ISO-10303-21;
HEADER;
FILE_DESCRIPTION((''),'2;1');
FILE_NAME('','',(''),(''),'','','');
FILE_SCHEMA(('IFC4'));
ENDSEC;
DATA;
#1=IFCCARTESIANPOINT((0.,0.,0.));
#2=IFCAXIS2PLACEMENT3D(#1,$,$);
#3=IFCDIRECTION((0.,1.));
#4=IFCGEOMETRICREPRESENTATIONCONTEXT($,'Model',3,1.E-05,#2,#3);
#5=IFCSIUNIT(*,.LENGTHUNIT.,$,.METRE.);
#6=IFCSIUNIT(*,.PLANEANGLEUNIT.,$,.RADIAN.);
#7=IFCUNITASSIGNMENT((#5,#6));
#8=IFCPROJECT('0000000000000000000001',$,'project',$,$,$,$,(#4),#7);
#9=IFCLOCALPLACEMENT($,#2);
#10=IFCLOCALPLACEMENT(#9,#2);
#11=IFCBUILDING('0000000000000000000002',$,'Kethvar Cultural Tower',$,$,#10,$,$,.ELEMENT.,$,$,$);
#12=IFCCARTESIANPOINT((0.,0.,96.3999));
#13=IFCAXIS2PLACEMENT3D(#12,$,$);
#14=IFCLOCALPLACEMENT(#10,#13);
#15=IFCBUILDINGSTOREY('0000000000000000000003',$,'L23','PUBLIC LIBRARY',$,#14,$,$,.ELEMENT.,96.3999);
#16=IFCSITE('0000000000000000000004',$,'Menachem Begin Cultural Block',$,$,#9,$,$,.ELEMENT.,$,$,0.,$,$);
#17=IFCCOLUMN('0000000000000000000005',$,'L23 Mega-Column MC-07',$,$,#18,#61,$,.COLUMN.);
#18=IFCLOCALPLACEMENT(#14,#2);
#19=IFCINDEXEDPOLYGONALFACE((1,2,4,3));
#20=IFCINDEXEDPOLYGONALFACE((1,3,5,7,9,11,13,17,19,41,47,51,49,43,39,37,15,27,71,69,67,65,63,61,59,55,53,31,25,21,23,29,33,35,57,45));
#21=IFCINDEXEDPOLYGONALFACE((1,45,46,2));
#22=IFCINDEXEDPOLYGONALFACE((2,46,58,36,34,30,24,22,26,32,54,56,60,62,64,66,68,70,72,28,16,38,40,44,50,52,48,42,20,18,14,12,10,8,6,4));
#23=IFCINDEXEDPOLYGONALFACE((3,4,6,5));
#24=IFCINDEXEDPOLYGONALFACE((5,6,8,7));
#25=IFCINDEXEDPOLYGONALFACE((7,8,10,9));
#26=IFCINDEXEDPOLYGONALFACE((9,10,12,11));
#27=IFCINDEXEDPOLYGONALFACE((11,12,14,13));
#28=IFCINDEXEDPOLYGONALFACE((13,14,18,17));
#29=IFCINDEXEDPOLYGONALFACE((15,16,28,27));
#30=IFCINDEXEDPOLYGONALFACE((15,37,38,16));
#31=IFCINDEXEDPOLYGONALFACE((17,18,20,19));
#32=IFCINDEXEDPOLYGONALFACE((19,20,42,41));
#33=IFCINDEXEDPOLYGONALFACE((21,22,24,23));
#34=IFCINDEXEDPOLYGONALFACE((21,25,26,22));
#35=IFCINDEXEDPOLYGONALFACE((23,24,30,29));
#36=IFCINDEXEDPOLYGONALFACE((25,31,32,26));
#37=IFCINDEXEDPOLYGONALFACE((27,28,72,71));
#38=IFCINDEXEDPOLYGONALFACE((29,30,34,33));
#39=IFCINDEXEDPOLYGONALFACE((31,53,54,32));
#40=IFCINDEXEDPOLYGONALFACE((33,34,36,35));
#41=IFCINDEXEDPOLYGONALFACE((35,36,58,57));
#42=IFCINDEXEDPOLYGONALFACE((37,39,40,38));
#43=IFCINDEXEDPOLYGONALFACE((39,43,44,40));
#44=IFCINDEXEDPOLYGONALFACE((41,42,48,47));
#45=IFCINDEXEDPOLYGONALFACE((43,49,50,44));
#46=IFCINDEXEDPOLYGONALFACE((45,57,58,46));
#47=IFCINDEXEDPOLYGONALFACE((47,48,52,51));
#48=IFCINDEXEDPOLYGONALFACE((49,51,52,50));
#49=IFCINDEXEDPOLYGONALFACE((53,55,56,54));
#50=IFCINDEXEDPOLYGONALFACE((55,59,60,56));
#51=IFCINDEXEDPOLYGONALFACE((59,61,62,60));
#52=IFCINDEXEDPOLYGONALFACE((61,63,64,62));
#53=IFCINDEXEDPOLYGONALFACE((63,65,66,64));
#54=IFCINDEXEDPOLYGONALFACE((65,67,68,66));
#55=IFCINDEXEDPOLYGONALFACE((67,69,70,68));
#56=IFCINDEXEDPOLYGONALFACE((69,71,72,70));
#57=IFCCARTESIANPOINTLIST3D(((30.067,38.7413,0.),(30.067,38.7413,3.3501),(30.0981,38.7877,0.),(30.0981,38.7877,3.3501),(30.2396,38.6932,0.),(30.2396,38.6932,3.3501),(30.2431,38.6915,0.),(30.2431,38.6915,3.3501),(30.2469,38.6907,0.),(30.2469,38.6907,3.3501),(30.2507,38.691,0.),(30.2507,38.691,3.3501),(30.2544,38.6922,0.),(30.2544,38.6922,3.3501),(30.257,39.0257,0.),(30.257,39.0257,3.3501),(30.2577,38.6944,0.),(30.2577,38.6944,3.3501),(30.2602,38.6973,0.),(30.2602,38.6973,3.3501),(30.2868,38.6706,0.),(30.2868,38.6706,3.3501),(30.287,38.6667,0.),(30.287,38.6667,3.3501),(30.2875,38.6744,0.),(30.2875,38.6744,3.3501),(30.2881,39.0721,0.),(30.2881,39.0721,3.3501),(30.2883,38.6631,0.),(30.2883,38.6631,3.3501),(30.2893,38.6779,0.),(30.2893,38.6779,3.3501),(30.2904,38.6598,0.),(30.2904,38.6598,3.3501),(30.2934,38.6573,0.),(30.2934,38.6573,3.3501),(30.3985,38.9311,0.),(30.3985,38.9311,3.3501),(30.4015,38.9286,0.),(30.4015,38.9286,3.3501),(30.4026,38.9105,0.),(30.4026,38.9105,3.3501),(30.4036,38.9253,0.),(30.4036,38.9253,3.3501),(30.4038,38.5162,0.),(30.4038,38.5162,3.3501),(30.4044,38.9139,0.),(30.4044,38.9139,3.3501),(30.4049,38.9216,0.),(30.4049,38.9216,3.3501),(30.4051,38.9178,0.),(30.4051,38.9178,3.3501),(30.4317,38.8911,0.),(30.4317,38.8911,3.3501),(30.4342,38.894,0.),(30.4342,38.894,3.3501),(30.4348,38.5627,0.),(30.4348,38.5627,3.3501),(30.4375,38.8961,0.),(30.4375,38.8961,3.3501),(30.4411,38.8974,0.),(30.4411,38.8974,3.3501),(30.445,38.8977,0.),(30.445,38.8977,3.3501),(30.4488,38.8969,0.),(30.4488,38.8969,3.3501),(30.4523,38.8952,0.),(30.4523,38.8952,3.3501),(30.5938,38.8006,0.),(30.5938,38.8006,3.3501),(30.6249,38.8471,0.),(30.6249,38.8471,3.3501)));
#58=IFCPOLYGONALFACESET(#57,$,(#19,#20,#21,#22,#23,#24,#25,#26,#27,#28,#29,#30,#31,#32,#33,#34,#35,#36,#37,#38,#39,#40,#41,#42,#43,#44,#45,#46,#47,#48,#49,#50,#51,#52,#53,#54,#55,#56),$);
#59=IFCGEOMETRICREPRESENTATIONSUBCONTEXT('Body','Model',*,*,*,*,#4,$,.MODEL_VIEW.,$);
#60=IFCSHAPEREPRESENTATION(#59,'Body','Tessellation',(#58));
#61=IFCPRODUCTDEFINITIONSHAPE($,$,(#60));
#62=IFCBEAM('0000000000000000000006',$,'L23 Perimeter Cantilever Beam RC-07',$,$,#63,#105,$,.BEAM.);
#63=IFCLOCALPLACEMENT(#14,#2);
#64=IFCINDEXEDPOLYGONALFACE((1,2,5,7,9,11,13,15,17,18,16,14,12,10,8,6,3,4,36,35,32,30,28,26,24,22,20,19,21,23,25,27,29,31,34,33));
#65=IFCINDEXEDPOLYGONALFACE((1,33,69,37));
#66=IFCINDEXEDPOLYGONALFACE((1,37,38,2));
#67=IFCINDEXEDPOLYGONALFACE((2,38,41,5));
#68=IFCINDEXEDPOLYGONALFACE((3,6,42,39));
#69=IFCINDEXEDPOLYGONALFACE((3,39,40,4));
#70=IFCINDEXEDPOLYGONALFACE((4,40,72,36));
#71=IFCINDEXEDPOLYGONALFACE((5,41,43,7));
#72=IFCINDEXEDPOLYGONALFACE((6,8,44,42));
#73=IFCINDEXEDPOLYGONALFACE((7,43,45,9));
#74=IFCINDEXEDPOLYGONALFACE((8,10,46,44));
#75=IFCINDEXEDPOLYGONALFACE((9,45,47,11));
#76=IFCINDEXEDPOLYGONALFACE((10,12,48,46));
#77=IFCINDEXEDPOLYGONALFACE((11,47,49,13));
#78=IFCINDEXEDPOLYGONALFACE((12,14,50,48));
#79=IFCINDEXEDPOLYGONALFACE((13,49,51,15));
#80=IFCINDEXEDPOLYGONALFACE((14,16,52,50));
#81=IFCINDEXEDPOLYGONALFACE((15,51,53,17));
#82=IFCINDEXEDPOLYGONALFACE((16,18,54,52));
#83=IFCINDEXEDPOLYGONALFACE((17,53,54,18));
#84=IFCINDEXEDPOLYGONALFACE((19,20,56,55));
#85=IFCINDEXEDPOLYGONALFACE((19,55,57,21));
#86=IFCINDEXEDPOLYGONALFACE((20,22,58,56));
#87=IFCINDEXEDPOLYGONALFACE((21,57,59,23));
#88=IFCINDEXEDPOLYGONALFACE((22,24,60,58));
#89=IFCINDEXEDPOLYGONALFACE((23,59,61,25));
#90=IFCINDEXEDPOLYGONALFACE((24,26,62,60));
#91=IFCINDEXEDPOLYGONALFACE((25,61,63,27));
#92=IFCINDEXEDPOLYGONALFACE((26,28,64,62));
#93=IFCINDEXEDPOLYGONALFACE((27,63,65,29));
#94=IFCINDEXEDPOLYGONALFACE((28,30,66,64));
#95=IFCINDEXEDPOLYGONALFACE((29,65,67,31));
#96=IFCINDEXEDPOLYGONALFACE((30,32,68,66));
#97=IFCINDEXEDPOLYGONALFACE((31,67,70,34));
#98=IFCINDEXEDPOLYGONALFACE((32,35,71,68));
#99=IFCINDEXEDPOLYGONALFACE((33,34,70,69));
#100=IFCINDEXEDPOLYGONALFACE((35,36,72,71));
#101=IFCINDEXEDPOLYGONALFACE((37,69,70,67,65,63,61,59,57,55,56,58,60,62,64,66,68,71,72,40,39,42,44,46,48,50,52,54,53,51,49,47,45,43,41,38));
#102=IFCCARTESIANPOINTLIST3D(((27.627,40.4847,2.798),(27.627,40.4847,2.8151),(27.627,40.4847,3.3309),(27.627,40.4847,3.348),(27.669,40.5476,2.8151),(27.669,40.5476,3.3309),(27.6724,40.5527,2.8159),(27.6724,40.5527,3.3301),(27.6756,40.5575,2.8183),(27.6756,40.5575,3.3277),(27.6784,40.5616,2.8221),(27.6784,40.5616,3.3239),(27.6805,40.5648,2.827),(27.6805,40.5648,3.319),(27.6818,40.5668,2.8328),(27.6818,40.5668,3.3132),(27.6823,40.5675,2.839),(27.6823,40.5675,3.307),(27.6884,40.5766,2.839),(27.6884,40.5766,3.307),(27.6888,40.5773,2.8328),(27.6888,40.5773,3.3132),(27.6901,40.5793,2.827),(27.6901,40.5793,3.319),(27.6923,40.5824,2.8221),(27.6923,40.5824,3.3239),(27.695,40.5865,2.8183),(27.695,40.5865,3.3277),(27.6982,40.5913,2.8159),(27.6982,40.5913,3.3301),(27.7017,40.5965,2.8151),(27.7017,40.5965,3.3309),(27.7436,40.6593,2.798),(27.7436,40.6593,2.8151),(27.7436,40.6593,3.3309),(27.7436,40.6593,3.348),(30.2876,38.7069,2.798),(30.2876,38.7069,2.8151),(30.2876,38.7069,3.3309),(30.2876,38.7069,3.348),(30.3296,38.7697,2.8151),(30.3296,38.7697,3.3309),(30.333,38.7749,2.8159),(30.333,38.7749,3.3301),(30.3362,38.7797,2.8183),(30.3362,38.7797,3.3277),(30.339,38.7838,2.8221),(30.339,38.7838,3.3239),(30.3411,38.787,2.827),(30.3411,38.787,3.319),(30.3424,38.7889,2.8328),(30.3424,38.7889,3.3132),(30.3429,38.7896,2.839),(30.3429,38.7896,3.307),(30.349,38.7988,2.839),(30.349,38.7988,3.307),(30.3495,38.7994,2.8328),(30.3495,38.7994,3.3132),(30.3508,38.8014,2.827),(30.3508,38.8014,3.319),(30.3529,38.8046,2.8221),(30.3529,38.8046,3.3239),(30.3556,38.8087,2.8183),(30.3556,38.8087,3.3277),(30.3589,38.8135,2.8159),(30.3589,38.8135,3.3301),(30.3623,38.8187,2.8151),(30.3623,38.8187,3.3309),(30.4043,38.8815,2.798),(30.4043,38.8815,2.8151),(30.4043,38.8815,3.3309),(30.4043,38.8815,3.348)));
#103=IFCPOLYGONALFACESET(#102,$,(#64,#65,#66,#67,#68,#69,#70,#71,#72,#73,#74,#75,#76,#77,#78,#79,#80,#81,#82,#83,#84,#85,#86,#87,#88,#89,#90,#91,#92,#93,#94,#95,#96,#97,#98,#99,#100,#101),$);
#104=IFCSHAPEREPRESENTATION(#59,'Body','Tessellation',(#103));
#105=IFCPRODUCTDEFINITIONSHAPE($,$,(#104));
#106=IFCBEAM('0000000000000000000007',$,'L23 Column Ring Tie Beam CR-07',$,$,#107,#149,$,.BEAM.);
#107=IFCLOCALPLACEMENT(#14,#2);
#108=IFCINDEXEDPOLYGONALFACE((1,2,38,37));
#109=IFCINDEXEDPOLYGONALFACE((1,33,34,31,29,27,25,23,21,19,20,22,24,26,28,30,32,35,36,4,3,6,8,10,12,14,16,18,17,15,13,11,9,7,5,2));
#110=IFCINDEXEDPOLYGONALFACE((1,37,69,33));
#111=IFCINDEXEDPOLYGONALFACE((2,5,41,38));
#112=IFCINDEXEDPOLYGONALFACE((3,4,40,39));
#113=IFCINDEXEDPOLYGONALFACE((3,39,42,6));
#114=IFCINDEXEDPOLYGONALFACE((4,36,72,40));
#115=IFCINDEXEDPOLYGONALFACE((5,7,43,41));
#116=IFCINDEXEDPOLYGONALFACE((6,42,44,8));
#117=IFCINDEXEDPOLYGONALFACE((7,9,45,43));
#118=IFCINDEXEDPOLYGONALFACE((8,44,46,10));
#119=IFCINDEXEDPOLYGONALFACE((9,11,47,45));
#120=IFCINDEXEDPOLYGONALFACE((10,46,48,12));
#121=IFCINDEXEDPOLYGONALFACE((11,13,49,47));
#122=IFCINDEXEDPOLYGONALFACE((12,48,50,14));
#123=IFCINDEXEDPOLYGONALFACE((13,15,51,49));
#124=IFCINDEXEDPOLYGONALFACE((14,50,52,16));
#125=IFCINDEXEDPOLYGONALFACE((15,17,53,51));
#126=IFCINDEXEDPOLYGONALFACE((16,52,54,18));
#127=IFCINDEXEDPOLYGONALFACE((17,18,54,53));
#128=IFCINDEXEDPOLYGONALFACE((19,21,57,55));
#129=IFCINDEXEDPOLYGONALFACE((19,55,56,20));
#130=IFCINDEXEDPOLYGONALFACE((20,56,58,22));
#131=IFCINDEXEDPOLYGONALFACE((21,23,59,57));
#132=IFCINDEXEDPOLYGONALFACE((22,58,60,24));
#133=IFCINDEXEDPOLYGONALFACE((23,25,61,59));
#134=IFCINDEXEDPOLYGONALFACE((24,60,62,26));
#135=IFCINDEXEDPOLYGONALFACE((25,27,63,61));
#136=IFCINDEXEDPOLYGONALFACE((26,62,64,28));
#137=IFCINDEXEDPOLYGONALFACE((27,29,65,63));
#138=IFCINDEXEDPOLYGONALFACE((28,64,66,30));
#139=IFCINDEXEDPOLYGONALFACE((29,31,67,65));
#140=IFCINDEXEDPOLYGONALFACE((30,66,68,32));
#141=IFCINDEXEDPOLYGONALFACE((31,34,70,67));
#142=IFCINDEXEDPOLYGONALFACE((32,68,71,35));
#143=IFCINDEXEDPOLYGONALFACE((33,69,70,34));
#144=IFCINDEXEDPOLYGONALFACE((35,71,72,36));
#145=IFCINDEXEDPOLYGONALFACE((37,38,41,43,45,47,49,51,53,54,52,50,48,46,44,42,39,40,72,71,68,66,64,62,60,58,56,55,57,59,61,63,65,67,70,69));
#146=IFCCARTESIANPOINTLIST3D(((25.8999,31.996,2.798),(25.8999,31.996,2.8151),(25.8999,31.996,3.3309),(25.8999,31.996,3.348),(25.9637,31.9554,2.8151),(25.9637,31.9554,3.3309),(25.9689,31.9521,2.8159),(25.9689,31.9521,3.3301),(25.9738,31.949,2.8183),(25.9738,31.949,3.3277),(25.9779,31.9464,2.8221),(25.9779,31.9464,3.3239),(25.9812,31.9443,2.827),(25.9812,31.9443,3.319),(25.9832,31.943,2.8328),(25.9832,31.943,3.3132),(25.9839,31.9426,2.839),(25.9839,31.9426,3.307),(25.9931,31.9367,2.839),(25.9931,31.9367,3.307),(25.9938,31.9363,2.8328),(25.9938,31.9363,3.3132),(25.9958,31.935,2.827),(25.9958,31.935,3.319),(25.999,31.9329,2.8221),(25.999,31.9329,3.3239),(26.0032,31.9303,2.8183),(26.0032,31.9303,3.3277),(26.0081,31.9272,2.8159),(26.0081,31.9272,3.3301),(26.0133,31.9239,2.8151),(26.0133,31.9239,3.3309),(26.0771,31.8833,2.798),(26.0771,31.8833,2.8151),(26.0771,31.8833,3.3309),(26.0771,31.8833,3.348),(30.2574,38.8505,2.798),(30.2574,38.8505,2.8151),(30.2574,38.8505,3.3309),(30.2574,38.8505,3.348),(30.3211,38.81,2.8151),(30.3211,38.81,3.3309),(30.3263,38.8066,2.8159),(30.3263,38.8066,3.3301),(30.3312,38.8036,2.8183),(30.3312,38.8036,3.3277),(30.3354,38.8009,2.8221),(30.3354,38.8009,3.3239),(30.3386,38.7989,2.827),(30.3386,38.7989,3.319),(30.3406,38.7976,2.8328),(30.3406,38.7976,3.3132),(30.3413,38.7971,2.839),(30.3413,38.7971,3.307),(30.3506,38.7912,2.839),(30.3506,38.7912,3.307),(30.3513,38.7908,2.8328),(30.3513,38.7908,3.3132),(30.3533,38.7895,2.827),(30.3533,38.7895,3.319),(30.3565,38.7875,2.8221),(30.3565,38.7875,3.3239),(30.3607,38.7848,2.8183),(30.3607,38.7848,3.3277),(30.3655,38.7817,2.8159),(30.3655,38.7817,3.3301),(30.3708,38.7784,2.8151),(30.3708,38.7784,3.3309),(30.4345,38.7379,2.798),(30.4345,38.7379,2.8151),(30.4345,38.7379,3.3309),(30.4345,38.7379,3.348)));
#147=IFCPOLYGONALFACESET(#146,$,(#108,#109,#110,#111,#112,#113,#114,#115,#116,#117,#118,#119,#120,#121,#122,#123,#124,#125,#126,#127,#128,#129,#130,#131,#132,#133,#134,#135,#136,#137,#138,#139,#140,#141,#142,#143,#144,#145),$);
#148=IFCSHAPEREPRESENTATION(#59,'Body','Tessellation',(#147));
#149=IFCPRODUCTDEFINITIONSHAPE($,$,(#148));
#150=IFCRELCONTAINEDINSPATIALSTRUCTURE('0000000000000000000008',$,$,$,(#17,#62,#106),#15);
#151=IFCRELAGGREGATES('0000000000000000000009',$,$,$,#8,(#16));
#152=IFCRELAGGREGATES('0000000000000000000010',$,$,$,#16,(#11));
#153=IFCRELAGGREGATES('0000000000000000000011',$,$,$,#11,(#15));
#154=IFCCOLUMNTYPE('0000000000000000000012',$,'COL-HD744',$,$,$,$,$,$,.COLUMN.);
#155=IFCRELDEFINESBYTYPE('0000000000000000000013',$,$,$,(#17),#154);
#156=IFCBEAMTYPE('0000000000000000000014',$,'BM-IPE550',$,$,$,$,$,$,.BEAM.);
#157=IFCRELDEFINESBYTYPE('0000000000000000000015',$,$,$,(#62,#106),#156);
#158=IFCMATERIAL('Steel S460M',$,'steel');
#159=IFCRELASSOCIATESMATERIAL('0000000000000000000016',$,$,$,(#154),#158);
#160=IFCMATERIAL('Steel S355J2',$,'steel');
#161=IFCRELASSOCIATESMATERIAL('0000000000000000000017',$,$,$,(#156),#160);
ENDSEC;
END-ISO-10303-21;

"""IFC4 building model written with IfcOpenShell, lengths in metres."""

from ifc_helpers import new_model, si_unit, direction, frame, origin, origin_2d, place, context, subcontext, project, spatial, i_section, extrude, source, transform, mapped, material, material_profile, profile_set, type_object, element, save


model = new_model("IFC4")

# Units and contexts
model_context = context("Model", 3, precision=1e-05, world=origin(), true_north=direction((0.0, 1.0)))
body_context = subcontext(model_context, "Body", "Model", "MODEL_VIEW")
ifc_project = project(units=[si_unit("LENGTHUNIT", "METRE"), si_unit("PLANEANGLEUNIT", "RADIAN")], contexts=[model_context])

# Site, building, storey
site_placement = place(None, origin())
site = spatial("IfcSite", under=ifc_project, at=site_placement, Name="Menachem Begin Cultural Block", CompositionType="ELEMENT", RefElevation=0.0)
building_placement = place(site_placement, origin())
building = spatial("IfcBuilding", under=site, at=building_placement, Name="Kethvar Cultural Tower", CompositionType="ELEMENT")
storey_placement = place(building_placement, frame((0.0, 0.0, 96.3999)))
storey = spatial("IfcBuildingStorey", under=building, at=storey_placement, Name="L23", Description="PUBLIC LIBRARY", CompositionType="ELEMENT", Elevation=96.3999)

# Column
ifc_material_1 = material(Name="Steel S460M", Category="steel")
ifc_material_profile_1 = material_profile(ifc_material_1, i_section(OverallWidth=0.405, OverallDepth=0.3979, WebThickness=0.0349, FlangeThickness=0.0559, FilletRadius=0.0149, at=origin_2d()), Name="Steel S460M — HD400x744")
ifc_profile_set_1 = profile_set([ifc_material_profile_1], Name="Steel S460M — HD400x744")
column_type = type_object("IfcColumnType", Name="COL-HD744", PredefinedType="COLUMN", material=ifc_profile_set_1)
shared_shape_1 = source(origin(), body_context, "Body", "SweptSolid", [
    extrude(i_section(OverallWidth=0.405, OverallDepth=0.3979, WebThickness=0.0349, FlangeThickness=0.0559, FilletRadius=0.0149, at=origin_2d()), origin(), (0.0, 0.0, 1.0), 3.3501),
])
column_placement = place(storey_placement, frame((30.3459, 38.7942, 0.0), z_axis=(0.0, 0.0, 1.0), x_axis=(-0.83147, 0.55557, 0.0)))
element("IfcColumn", 1, at=column_placement, inside=storey, type_object=column_type, Name="L23 Mega-Column MC-07", PredefinedType="COLUMN", context=body_context, shape_type="MappedRepresentation", body=[
    mapped(shared_shape_1, transform((0.0, 0.0, 0.0), scale=1.0)),
])

# Beams
ifc_material_2 = material(Name="Steel S355J2", Category="steel")
ifc_material_profile_2 = material_profile(ifc_material_2, i_section(OverallWidth=0.21, OverallDepth=0.55, WebThickness=0.011, FlangeThickness=0.0171, FilletRadius=0.0239, at=origin_2d()), Name="Steel S355J2 — IPE550")
ifc_profile_set_2 = profile_set([ifc_material_profile_2], Name="Steel S355J2 — IPE550")
beam_type_1 = type_object("IfcBeamType", Name="BM-IPE550", PredefinedType="BEAM", material=ifc_profile_set_2)
shared_shape_2 = source(origin(), body_context, "Body", "SweptSolid", [
    extrude(i_section(OverallWidth=0.21, OverallDepth=0.55, WebThickness=0.011, FlangeThickness=0.0171, FilletRadius=0.0239, at=origin_2d()), origin(), (0.0, 0.0, 1.0), 3.2),
])
beam_1_placement = place(storey_placement, frame((30.3459, 38.7942, 3.073), z_axis=(-0.831463, 0.55558, 0.0), x_axis=(-0.55558, -0.831463, 0.0)))
element("IfcBeam", 2, at=beam_1_placement, inside=storey, type_object=beam_type_1, Name="L23 Perimeter Cantilever Beam RC-07", PredefinedType="BEAM", context=body_context, shape_type="MappedRepresentation", body=[
    mapped(shared_shape_2, transform((0.0, 0.0, 0.0), scale=1.0)),
])
shared_shape_3 = source(origin(), body_context, "Body", "SweptSolid", [
    extrude(i_section(OverallWidth=0.21, OverallDepth=0.55, WebThickness=0.011, FlangeThickness=0.0171, FilletRadius=0.0239, at=origin_2d()), origin(), (0.0, 0.0, 1.0), 8.1223),
])
beam_2_placement = place(storey_placement, frame((30.3459, 38.7942, 3.073), z_axis=(-0.536479, -0.843914, 0.0), x_axis=(0.843914, -0.536479, 0.0)))
element("IfcBeam", 3, at=beam_2_placement, inside=storey, type_object=beam_type_1, Name="L23 Column Ring Tie Beam CR-07", PredefinedType="BEAM", context=body_context, shape_type="MappedRepresentation", body=[
    mapped(shared_shape_3, transform((0.0, 0.0, 0.0), scale=1.0)),
])

save(model, "model.ifc")
